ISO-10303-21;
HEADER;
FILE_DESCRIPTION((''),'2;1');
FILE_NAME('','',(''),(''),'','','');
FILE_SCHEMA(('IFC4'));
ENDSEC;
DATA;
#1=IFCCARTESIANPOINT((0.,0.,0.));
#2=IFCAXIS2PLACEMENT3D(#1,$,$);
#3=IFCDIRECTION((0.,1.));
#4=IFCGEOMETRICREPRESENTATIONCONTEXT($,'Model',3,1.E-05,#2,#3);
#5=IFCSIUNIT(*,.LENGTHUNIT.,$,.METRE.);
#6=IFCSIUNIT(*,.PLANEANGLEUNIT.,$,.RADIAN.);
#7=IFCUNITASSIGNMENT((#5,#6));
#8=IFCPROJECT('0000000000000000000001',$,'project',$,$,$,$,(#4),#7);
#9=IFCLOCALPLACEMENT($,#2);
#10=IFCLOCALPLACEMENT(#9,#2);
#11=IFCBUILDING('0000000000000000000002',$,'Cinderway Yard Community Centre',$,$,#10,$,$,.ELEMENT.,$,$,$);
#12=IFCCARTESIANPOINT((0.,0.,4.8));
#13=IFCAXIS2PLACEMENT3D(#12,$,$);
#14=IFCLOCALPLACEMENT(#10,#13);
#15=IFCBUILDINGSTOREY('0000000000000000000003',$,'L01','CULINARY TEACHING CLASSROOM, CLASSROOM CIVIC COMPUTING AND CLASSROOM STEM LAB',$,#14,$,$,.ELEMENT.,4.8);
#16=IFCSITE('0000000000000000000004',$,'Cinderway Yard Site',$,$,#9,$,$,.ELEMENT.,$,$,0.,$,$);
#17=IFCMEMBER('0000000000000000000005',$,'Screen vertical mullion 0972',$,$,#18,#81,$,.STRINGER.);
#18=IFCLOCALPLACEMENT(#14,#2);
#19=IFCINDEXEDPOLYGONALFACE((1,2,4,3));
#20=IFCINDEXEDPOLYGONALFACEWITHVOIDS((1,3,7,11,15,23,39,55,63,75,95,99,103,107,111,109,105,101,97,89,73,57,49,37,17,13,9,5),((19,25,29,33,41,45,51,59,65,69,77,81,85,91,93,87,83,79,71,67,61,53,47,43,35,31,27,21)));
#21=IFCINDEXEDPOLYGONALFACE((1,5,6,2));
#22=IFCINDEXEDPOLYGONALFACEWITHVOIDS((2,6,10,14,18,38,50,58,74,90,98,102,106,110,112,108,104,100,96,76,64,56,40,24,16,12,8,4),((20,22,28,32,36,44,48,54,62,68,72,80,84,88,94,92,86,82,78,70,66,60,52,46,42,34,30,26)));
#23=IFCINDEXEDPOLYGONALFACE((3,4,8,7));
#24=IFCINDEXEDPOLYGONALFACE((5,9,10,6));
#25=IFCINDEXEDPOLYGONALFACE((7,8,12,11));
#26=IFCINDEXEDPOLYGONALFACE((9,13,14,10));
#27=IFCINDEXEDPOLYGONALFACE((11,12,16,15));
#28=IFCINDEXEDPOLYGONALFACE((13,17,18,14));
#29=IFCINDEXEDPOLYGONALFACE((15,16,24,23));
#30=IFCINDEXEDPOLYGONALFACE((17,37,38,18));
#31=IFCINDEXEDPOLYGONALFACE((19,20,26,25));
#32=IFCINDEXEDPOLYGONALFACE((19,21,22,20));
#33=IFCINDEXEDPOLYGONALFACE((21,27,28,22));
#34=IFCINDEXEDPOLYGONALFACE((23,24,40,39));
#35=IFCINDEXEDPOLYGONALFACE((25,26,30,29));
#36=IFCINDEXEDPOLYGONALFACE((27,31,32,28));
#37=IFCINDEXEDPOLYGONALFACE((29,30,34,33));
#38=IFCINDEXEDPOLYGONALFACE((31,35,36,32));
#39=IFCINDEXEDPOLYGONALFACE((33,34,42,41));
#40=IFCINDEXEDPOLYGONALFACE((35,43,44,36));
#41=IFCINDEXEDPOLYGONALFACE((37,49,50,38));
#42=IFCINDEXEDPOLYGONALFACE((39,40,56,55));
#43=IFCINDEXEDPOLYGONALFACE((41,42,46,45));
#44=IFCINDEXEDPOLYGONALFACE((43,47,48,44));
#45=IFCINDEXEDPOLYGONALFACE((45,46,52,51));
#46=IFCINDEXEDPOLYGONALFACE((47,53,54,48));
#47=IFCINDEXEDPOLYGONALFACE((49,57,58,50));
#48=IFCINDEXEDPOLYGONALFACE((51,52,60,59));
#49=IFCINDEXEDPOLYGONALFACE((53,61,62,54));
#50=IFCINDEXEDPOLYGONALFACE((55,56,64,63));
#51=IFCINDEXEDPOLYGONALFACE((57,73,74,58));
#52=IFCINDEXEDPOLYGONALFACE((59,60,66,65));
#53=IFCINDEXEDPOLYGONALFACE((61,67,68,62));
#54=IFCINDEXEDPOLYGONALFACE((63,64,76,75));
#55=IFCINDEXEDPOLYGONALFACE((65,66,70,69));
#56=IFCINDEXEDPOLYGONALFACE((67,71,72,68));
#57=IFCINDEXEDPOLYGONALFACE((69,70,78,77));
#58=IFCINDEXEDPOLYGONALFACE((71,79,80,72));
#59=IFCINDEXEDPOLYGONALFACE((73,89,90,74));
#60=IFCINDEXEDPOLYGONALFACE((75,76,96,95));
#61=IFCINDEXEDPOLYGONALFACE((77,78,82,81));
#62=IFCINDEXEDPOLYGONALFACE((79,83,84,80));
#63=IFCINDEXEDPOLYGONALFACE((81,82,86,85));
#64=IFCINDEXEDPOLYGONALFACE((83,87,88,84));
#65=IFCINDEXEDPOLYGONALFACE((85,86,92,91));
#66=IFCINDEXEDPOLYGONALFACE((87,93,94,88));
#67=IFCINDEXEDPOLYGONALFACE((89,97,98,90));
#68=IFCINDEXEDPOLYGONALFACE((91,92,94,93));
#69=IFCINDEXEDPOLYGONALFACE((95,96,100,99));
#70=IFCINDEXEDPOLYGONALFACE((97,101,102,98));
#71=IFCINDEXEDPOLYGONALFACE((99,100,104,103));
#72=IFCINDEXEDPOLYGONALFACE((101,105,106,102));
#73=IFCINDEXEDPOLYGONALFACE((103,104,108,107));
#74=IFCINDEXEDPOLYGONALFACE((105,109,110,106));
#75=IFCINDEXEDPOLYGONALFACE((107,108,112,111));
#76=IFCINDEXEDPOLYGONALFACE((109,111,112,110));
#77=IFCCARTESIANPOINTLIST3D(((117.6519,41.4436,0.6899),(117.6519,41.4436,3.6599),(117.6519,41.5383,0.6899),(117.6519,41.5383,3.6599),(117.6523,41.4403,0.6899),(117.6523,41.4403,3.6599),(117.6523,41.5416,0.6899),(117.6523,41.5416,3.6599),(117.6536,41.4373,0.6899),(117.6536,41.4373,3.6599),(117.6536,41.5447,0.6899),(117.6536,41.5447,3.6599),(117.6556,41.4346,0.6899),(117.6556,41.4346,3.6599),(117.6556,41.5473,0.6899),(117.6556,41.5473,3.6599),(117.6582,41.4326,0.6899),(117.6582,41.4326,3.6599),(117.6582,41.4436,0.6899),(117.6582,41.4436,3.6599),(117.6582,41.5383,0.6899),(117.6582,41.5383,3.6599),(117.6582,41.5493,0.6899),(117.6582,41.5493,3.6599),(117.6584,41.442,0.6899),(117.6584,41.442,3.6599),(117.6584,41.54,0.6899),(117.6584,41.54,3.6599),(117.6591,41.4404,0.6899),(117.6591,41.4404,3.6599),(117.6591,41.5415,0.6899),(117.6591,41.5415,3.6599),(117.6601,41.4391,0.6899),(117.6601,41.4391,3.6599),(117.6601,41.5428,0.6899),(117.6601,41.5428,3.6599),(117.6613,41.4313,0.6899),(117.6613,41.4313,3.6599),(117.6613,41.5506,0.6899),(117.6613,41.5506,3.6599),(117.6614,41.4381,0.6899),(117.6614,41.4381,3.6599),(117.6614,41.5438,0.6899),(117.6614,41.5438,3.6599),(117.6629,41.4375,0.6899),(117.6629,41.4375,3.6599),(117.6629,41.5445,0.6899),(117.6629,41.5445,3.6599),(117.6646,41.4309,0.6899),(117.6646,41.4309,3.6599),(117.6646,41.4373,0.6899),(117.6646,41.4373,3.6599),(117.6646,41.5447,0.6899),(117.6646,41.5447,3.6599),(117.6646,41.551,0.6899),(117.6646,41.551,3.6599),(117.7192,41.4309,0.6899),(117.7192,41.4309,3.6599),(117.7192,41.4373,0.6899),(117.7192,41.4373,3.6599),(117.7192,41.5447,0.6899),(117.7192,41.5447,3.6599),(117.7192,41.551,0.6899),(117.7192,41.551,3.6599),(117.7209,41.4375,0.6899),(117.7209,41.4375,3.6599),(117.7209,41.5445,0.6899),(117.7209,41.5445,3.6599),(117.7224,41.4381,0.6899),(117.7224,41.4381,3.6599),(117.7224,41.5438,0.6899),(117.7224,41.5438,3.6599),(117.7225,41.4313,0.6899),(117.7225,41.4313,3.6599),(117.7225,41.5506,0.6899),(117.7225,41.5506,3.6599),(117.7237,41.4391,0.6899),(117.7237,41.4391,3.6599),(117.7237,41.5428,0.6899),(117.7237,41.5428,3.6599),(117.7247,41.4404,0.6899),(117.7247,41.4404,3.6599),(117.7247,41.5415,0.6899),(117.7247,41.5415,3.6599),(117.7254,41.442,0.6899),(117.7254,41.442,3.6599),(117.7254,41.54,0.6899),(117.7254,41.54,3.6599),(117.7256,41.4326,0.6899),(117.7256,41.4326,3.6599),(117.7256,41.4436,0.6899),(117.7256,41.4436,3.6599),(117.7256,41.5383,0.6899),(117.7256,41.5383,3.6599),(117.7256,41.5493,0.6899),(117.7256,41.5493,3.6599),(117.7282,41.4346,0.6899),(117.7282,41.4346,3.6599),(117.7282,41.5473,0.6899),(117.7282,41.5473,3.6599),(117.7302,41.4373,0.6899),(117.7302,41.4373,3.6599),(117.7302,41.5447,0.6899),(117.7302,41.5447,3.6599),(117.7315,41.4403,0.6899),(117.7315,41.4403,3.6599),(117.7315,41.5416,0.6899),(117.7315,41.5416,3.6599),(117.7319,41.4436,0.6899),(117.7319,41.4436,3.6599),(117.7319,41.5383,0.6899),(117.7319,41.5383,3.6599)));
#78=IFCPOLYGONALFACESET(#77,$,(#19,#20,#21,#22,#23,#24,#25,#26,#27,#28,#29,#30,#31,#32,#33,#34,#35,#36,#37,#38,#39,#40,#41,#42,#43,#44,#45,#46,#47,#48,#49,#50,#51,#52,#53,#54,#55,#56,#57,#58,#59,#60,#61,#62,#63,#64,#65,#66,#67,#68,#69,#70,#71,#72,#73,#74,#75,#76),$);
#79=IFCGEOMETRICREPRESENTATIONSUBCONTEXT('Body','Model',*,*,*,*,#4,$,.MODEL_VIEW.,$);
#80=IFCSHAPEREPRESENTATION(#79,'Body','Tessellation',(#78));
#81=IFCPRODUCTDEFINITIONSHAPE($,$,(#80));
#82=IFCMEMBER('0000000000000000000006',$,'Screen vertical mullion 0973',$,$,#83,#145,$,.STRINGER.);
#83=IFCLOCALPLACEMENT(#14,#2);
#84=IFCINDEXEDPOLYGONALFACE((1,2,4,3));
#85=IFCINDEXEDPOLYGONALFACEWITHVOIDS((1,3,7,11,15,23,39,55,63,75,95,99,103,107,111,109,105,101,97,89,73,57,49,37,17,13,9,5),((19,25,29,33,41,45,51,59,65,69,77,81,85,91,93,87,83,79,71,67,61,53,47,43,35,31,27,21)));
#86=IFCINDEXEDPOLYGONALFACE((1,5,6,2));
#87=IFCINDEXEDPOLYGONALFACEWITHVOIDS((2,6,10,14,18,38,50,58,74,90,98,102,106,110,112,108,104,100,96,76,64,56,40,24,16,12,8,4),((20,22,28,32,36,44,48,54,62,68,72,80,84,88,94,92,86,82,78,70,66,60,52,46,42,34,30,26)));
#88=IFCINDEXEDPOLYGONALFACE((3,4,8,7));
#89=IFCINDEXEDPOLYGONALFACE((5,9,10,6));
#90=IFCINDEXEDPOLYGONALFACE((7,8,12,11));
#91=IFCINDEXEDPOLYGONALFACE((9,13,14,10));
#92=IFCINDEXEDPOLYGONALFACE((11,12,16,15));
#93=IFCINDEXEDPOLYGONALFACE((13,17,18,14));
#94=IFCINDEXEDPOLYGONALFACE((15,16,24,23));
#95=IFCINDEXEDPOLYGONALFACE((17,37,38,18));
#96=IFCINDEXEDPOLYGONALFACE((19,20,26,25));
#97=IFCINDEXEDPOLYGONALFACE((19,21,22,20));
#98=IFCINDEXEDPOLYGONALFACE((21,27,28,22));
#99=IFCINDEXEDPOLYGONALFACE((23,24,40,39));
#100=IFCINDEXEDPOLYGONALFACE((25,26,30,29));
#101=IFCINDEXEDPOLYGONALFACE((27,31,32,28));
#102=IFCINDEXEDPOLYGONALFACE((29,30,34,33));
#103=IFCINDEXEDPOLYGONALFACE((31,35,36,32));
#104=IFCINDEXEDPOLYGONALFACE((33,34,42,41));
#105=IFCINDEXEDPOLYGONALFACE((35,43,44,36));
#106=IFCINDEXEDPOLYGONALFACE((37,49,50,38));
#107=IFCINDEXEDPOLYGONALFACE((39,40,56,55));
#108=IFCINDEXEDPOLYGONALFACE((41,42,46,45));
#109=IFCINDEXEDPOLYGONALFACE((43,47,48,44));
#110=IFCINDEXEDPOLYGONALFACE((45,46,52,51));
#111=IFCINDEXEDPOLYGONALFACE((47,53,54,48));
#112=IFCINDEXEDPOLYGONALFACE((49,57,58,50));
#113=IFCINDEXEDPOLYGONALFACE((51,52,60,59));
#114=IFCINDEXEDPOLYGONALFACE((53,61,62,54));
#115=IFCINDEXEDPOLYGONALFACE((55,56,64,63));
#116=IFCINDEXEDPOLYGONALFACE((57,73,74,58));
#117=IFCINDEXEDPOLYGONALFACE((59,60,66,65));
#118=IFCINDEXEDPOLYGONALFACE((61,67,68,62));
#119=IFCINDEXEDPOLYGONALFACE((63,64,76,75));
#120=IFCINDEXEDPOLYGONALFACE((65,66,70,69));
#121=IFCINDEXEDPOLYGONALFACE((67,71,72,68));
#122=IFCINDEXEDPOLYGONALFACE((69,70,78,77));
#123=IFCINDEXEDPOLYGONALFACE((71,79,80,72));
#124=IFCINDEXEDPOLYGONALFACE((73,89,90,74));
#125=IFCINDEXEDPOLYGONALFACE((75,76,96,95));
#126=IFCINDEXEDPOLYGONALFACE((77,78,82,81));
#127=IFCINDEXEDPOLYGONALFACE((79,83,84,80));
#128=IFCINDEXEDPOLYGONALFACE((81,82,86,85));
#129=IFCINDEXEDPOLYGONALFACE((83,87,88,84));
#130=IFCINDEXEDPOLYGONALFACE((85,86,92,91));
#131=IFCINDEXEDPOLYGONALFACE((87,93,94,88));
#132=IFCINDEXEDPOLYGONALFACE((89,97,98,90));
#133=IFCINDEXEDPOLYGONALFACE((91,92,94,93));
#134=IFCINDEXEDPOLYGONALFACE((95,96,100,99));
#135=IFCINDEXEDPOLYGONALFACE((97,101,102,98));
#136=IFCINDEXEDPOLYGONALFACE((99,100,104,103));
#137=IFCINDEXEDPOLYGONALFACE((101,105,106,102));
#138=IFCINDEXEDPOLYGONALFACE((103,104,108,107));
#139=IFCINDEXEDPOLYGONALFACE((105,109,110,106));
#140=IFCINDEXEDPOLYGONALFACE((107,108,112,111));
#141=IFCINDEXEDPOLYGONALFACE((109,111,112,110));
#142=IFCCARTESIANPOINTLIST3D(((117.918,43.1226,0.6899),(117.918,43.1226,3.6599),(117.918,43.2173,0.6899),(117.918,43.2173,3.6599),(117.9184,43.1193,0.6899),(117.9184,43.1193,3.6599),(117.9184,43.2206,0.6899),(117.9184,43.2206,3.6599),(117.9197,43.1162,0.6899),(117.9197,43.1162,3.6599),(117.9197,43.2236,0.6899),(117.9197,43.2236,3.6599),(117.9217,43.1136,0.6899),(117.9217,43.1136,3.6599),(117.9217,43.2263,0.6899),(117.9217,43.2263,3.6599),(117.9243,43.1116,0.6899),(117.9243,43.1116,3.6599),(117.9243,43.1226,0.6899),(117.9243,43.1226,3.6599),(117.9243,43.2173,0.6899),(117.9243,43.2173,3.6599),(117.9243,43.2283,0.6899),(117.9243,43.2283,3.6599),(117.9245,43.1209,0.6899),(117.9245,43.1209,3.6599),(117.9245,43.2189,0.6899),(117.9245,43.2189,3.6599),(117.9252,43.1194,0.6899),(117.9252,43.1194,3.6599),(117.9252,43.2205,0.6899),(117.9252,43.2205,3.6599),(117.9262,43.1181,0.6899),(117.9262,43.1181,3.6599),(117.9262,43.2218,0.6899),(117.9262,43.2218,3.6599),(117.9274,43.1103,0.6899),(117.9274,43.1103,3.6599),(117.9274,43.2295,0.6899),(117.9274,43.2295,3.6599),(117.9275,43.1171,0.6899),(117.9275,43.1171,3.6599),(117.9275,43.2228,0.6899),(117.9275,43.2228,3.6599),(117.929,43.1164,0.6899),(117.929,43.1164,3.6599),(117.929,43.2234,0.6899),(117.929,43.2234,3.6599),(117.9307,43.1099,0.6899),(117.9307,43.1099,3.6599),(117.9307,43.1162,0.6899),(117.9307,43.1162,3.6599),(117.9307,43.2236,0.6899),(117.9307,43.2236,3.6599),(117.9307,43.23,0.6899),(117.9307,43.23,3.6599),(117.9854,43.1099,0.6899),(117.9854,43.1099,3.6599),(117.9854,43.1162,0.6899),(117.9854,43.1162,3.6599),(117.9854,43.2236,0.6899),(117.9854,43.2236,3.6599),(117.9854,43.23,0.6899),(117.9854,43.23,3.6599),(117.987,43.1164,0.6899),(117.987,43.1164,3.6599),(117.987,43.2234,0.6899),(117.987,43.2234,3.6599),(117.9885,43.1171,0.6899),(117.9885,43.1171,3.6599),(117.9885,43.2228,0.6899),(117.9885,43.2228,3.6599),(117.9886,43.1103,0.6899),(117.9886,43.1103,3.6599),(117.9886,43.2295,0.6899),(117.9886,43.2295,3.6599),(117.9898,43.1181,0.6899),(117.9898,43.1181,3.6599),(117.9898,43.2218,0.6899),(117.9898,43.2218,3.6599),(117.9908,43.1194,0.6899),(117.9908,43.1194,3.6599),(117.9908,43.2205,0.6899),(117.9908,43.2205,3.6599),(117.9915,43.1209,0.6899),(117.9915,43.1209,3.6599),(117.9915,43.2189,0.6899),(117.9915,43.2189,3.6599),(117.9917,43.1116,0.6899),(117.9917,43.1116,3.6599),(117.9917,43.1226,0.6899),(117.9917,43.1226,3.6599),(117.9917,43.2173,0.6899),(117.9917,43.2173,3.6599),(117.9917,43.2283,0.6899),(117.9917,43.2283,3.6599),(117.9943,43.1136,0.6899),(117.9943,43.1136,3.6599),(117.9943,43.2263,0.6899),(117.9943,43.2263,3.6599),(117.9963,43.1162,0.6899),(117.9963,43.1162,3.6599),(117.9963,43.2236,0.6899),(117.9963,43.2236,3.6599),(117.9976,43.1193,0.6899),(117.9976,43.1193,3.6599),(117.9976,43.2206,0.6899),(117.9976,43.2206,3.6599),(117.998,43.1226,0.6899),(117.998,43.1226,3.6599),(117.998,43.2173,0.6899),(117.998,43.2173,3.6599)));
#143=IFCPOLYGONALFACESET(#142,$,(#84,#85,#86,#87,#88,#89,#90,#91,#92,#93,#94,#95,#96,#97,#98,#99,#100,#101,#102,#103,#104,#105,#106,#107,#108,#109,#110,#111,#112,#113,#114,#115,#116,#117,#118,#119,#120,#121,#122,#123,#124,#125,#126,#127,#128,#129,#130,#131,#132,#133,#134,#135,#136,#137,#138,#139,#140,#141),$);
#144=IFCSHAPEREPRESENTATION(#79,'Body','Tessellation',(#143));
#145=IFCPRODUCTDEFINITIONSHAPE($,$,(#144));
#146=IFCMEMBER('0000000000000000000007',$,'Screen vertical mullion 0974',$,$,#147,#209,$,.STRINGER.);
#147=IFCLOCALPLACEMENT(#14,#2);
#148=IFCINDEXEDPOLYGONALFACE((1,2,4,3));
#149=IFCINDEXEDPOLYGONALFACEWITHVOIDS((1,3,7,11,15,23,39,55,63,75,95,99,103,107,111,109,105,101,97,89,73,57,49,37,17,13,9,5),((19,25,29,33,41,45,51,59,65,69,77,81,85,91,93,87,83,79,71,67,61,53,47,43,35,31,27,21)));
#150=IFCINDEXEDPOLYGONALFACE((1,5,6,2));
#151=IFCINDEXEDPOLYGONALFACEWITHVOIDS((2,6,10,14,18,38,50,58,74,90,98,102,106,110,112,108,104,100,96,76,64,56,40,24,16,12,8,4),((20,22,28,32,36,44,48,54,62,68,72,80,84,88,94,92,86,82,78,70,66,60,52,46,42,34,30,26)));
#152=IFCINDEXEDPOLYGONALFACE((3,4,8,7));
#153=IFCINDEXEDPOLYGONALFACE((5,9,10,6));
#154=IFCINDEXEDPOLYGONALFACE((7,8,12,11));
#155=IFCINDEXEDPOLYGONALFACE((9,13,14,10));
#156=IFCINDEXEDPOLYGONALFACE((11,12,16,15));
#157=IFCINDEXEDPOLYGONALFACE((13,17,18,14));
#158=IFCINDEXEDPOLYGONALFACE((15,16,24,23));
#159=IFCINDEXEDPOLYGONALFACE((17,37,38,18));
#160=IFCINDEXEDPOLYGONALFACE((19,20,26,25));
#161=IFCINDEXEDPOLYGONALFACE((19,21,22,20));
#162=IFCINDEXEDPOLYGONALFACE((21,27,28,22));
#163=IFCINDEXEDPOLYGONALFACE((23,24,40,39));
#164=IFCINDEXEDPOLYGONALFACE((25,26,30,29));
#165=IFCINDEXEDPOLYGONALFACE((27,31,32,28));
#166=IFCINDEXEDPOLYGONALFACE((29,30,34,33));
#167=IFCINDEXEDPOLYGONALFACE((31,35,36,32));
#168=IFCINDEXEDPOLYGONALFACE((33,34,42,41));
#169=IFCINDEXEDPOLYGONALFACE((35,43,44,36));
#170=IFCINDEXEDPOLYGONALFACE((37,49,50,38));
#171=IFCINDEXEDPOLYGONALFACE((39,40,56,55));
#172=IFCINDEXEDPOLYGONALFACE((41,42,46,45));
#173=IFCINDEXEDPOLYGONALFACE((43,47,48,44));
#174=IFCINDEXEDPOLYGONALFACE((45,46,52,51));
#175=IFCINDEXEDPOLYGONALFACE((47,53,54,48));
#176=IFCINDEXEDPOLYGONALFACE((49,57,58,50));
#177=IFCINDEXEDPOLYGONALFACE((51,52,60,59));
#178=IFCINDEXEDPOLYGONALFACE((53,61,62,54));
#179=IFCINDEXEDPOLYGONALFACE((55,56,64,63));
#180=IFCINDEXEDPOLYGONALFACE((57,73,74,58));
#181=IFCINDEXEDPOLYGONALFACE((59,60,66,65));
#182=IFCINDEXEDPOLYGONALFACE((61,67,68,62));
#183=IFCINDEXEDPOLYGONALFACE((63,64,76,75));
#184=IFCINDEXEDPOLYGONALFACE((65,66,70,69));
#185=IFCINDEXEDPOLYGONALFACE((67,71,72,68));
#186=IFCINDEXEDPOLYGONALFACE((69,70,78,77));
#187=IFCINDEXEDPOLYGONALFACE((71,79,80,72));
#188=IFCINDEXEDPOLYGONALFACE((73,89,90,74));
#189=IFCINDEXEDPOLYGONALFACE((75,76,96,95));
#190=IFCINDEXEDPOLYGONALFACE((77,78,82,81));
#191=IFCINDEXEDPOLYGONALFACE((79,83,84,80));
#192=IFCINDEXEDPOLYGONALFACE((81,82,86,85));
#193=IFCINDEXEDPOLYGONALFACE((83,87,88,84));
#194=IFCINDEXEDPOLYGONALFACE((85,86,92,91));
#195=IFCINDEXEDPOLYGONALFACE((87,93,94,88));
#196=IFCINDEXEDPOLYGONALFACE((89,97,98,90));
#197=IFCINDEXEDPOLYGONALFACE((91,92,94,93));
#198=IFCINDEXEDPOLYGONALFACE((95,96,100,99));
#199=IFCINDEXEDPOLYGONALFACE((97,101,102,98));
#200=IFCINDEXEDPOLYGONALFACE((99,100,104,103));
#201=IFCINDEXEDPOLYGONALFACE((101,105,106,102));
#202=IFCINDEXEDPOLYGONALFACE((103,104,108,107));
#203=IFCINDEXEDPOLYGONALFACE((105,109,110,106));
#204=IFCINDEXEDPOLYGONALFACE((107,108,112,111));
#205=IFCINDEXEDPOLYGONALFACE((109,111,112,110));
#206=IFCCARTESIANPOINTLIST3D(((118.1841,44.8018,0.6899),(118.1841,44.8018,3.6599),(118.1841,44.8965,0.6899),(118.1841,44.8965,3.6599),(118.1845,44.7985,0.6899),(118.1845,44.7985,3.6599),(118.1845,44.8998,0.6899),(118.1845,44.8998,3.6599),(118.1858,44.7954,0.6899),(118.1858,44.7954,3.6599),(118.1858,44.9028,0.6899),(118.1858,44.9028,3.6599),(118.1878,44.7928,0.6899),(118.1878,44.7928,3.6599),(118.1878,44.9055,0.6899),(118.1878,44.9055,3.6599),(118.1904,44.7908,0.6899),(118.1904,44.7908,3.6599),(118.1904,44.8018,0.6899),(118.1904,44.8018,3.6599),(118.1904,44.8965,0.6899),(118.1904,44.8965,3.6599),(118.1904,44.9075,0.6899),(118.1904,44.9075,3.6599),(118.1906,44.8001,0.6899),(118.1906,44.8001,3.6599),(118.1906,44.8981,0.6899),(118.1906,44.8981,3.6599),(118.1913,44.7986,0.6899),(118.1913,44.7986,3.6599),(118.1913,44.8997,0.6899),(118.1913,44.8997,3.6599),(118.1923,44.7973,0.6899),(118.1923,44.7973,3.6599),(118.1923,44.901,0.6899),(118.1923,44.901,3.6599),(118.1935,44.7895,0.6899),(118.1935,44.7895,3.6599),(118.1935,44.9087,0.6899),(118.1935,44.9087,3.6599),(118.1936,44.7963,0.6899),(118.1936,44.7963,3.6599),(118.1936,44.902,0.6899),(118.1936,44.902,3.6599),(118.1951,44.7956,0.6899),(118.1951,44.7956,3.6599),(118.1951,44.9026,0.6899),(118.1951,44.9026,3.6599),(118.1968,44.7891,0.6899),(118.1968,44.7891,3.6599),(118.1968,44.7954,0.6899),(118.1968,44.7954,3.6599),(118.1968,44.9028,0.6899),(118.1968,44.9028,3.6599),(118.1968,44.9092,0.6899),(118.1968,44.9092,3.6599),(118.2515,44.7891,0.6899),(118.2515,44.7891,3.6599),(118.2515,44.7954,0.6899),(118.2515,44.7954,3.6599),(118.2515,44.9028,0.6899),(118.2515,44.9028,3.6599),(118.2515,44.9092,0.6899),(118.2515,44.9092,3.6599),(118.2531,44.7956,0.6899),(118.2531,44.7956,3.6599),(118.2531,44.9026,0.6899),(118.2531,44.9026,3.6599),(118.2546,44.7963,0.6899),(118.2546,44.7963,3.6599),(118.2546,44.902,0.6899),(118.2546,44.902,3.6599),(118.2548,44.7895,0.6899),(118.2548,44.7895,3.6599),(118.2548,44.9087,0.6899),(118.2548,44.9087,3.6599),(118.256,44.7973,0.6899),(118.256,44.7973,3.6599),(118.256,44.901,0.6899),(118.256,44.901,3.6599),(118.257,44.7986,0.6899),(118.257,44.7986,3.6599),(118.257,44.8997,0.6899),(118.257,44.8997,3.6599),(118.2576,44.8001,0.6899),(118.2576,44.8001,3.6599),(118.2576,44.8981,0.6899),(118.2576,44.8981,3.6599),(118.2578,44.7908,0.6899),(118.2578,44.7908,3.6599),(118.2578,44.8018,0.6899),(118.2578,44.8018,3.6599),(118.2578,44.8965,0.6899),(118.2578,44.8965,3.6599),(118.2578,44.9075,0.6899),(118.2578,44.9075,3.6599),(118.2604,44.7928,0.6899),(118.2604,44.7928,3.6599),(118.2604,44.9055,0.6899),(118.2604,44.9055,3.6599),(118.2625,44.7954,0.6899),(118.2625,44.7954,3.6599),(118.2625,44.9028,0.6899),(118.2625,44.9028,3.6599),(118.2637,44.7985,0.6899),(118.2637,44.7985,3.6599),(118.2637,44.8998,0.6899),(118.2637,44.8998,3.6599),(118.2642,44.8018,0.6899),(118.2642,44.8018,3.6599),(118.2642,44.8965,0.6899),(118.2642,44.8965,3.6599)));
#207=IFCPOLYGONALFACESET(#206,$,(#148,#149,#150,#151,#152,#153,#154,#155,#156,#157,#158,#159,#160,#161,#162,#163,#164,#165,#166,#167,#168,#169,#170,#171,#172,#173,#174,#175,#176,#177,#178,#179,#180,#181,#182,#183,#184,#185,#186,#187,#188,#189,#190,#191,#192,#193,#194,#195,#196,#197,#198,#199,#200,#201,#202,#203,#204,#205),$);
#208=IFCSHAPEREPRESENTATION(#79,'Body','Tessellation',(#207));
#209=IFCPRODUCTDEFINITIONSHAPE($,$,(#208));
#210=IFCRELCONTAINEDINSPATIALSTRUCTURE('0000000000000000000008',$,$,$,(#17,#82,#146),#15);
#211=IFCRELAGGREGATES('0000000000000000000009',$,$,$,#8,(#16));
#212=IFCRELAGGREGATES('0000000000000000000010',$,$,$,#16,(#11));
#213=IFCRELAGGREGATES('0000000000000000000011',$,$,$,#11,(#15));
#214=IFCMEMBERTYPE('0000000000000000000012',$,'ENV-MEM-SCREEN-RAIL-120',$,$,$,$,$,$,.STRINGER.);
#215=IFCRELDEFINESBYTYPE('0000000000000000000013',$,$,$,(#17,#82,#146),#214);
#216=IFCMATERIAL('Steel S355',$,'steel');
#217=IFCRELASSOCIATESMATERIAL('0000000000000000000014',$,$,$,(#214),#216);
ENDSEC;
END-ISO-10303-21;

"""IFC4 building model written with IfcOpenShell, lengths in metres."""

from ifc_helpers import new_model, si_unit, direction, frame, origin, origin_2d, place, context, subcontext, project, spatial, hollow_rectangle, extrude, material, material_profile, profile_set, type_object, element, save


model = new_model("IFC4")

# Units and contexts
model_context = context("Model", 3, precision=1e-05, world=origin(), true_north=direction((0.0, 1.0)))
body_context = subcontext(model_context, "Body", "Model", "MODEL_VIEW")
ifc_project = project(units=[si_unit("LENGTHUNIT", "METRE"), si_unit("PLANEANGLEUNIT", "RADIAN")], contexts=[model_context])

# Site, building, storey
site_placement = place(None, origin())
site = spatial("IfcSite", under=ifc_project, at=site_placement, Name="Cinderway Yard Site", CompositionType="ELEMENT", RefElevation=0.0)
building_placement = place(site_placement, origin())
building = spatial("IfcBuilding", under=site, at=building_placement, Name="Cinderway Yard Community Centre", CompositionType="ELEMENT")
storey_placement = place(building_placement, frame((0.0, 0.0, 4.8)))
storey = spatial("IfcBuildingStorey", under=building, at=storey_placement, Name="L01", Description="CULINARY TEACHING CLASSROOM, CLASSROOM CIVIC COMPUTING AND CLASSROOM STEM LAB", CompositionType="ELEMENT", Elevation=4.8)

# Members
ifc_material_1 = material(Name="Steel S355", Category="steel")
ifc_material_profile_1 = material_profile(ifc_material_1, hollow_rectangle(XDim=0.0801, YDim=0.1201, WallThickness=0.0063, InnerFilletRadius=0.0063, OuterFilletRadius=0.0127, at=origin_2d()), Name="Steel S355")
ifc_profile_set_1 = profile_set([ifc_material_profile_1], Name="Steel S355")
member_type_1 = type_object("IfcMemberType", Name="ENV-MEM-SCREEN-RAIL-120", PredefinedType="STRINGER", material=ifc_profile_set_1)
for number, where, z_axis, x_axis, name in (
    (1, (117.6919, 41.491, 0.6899), (0.0, 0.0, 1.0), (1.0, 0.0, 0.0), "Screen vertical mullion 0972"),
    (2, (117.958, 43.1699, 0.6899), (0.0, 0.0, 1.0), (1.0, 0.0, 0.0), "Screen vertical mullion 0973"),
    (3, (118.2241, 44.8491, 0.6899), (0.0, 0.0, 1.0), (1.0, 0.0, 0.0), "Screen vertical mullion 0974"),
):
    element("IfcMember", number, at=place(storey_placement, frame(where, z_axis=z_axis, x_axis=x_axis)), inside=storey, type_object=member_type_1, Name=name, PredefinedType="STRINGER", context=body_context, shape_type="SweptSolid", body=[
        extrude(hollow_rectangle(XDim=0.0801, YDim=0.1201, WallThickness=0.0063, InnerFilletRadius=0.0063, OuterFilletRadius=0.0127, at=origin_2d()), origin(), (0.0, 0.0, 1.0), 2.97),
    ])

save(model, "model.ifc")
